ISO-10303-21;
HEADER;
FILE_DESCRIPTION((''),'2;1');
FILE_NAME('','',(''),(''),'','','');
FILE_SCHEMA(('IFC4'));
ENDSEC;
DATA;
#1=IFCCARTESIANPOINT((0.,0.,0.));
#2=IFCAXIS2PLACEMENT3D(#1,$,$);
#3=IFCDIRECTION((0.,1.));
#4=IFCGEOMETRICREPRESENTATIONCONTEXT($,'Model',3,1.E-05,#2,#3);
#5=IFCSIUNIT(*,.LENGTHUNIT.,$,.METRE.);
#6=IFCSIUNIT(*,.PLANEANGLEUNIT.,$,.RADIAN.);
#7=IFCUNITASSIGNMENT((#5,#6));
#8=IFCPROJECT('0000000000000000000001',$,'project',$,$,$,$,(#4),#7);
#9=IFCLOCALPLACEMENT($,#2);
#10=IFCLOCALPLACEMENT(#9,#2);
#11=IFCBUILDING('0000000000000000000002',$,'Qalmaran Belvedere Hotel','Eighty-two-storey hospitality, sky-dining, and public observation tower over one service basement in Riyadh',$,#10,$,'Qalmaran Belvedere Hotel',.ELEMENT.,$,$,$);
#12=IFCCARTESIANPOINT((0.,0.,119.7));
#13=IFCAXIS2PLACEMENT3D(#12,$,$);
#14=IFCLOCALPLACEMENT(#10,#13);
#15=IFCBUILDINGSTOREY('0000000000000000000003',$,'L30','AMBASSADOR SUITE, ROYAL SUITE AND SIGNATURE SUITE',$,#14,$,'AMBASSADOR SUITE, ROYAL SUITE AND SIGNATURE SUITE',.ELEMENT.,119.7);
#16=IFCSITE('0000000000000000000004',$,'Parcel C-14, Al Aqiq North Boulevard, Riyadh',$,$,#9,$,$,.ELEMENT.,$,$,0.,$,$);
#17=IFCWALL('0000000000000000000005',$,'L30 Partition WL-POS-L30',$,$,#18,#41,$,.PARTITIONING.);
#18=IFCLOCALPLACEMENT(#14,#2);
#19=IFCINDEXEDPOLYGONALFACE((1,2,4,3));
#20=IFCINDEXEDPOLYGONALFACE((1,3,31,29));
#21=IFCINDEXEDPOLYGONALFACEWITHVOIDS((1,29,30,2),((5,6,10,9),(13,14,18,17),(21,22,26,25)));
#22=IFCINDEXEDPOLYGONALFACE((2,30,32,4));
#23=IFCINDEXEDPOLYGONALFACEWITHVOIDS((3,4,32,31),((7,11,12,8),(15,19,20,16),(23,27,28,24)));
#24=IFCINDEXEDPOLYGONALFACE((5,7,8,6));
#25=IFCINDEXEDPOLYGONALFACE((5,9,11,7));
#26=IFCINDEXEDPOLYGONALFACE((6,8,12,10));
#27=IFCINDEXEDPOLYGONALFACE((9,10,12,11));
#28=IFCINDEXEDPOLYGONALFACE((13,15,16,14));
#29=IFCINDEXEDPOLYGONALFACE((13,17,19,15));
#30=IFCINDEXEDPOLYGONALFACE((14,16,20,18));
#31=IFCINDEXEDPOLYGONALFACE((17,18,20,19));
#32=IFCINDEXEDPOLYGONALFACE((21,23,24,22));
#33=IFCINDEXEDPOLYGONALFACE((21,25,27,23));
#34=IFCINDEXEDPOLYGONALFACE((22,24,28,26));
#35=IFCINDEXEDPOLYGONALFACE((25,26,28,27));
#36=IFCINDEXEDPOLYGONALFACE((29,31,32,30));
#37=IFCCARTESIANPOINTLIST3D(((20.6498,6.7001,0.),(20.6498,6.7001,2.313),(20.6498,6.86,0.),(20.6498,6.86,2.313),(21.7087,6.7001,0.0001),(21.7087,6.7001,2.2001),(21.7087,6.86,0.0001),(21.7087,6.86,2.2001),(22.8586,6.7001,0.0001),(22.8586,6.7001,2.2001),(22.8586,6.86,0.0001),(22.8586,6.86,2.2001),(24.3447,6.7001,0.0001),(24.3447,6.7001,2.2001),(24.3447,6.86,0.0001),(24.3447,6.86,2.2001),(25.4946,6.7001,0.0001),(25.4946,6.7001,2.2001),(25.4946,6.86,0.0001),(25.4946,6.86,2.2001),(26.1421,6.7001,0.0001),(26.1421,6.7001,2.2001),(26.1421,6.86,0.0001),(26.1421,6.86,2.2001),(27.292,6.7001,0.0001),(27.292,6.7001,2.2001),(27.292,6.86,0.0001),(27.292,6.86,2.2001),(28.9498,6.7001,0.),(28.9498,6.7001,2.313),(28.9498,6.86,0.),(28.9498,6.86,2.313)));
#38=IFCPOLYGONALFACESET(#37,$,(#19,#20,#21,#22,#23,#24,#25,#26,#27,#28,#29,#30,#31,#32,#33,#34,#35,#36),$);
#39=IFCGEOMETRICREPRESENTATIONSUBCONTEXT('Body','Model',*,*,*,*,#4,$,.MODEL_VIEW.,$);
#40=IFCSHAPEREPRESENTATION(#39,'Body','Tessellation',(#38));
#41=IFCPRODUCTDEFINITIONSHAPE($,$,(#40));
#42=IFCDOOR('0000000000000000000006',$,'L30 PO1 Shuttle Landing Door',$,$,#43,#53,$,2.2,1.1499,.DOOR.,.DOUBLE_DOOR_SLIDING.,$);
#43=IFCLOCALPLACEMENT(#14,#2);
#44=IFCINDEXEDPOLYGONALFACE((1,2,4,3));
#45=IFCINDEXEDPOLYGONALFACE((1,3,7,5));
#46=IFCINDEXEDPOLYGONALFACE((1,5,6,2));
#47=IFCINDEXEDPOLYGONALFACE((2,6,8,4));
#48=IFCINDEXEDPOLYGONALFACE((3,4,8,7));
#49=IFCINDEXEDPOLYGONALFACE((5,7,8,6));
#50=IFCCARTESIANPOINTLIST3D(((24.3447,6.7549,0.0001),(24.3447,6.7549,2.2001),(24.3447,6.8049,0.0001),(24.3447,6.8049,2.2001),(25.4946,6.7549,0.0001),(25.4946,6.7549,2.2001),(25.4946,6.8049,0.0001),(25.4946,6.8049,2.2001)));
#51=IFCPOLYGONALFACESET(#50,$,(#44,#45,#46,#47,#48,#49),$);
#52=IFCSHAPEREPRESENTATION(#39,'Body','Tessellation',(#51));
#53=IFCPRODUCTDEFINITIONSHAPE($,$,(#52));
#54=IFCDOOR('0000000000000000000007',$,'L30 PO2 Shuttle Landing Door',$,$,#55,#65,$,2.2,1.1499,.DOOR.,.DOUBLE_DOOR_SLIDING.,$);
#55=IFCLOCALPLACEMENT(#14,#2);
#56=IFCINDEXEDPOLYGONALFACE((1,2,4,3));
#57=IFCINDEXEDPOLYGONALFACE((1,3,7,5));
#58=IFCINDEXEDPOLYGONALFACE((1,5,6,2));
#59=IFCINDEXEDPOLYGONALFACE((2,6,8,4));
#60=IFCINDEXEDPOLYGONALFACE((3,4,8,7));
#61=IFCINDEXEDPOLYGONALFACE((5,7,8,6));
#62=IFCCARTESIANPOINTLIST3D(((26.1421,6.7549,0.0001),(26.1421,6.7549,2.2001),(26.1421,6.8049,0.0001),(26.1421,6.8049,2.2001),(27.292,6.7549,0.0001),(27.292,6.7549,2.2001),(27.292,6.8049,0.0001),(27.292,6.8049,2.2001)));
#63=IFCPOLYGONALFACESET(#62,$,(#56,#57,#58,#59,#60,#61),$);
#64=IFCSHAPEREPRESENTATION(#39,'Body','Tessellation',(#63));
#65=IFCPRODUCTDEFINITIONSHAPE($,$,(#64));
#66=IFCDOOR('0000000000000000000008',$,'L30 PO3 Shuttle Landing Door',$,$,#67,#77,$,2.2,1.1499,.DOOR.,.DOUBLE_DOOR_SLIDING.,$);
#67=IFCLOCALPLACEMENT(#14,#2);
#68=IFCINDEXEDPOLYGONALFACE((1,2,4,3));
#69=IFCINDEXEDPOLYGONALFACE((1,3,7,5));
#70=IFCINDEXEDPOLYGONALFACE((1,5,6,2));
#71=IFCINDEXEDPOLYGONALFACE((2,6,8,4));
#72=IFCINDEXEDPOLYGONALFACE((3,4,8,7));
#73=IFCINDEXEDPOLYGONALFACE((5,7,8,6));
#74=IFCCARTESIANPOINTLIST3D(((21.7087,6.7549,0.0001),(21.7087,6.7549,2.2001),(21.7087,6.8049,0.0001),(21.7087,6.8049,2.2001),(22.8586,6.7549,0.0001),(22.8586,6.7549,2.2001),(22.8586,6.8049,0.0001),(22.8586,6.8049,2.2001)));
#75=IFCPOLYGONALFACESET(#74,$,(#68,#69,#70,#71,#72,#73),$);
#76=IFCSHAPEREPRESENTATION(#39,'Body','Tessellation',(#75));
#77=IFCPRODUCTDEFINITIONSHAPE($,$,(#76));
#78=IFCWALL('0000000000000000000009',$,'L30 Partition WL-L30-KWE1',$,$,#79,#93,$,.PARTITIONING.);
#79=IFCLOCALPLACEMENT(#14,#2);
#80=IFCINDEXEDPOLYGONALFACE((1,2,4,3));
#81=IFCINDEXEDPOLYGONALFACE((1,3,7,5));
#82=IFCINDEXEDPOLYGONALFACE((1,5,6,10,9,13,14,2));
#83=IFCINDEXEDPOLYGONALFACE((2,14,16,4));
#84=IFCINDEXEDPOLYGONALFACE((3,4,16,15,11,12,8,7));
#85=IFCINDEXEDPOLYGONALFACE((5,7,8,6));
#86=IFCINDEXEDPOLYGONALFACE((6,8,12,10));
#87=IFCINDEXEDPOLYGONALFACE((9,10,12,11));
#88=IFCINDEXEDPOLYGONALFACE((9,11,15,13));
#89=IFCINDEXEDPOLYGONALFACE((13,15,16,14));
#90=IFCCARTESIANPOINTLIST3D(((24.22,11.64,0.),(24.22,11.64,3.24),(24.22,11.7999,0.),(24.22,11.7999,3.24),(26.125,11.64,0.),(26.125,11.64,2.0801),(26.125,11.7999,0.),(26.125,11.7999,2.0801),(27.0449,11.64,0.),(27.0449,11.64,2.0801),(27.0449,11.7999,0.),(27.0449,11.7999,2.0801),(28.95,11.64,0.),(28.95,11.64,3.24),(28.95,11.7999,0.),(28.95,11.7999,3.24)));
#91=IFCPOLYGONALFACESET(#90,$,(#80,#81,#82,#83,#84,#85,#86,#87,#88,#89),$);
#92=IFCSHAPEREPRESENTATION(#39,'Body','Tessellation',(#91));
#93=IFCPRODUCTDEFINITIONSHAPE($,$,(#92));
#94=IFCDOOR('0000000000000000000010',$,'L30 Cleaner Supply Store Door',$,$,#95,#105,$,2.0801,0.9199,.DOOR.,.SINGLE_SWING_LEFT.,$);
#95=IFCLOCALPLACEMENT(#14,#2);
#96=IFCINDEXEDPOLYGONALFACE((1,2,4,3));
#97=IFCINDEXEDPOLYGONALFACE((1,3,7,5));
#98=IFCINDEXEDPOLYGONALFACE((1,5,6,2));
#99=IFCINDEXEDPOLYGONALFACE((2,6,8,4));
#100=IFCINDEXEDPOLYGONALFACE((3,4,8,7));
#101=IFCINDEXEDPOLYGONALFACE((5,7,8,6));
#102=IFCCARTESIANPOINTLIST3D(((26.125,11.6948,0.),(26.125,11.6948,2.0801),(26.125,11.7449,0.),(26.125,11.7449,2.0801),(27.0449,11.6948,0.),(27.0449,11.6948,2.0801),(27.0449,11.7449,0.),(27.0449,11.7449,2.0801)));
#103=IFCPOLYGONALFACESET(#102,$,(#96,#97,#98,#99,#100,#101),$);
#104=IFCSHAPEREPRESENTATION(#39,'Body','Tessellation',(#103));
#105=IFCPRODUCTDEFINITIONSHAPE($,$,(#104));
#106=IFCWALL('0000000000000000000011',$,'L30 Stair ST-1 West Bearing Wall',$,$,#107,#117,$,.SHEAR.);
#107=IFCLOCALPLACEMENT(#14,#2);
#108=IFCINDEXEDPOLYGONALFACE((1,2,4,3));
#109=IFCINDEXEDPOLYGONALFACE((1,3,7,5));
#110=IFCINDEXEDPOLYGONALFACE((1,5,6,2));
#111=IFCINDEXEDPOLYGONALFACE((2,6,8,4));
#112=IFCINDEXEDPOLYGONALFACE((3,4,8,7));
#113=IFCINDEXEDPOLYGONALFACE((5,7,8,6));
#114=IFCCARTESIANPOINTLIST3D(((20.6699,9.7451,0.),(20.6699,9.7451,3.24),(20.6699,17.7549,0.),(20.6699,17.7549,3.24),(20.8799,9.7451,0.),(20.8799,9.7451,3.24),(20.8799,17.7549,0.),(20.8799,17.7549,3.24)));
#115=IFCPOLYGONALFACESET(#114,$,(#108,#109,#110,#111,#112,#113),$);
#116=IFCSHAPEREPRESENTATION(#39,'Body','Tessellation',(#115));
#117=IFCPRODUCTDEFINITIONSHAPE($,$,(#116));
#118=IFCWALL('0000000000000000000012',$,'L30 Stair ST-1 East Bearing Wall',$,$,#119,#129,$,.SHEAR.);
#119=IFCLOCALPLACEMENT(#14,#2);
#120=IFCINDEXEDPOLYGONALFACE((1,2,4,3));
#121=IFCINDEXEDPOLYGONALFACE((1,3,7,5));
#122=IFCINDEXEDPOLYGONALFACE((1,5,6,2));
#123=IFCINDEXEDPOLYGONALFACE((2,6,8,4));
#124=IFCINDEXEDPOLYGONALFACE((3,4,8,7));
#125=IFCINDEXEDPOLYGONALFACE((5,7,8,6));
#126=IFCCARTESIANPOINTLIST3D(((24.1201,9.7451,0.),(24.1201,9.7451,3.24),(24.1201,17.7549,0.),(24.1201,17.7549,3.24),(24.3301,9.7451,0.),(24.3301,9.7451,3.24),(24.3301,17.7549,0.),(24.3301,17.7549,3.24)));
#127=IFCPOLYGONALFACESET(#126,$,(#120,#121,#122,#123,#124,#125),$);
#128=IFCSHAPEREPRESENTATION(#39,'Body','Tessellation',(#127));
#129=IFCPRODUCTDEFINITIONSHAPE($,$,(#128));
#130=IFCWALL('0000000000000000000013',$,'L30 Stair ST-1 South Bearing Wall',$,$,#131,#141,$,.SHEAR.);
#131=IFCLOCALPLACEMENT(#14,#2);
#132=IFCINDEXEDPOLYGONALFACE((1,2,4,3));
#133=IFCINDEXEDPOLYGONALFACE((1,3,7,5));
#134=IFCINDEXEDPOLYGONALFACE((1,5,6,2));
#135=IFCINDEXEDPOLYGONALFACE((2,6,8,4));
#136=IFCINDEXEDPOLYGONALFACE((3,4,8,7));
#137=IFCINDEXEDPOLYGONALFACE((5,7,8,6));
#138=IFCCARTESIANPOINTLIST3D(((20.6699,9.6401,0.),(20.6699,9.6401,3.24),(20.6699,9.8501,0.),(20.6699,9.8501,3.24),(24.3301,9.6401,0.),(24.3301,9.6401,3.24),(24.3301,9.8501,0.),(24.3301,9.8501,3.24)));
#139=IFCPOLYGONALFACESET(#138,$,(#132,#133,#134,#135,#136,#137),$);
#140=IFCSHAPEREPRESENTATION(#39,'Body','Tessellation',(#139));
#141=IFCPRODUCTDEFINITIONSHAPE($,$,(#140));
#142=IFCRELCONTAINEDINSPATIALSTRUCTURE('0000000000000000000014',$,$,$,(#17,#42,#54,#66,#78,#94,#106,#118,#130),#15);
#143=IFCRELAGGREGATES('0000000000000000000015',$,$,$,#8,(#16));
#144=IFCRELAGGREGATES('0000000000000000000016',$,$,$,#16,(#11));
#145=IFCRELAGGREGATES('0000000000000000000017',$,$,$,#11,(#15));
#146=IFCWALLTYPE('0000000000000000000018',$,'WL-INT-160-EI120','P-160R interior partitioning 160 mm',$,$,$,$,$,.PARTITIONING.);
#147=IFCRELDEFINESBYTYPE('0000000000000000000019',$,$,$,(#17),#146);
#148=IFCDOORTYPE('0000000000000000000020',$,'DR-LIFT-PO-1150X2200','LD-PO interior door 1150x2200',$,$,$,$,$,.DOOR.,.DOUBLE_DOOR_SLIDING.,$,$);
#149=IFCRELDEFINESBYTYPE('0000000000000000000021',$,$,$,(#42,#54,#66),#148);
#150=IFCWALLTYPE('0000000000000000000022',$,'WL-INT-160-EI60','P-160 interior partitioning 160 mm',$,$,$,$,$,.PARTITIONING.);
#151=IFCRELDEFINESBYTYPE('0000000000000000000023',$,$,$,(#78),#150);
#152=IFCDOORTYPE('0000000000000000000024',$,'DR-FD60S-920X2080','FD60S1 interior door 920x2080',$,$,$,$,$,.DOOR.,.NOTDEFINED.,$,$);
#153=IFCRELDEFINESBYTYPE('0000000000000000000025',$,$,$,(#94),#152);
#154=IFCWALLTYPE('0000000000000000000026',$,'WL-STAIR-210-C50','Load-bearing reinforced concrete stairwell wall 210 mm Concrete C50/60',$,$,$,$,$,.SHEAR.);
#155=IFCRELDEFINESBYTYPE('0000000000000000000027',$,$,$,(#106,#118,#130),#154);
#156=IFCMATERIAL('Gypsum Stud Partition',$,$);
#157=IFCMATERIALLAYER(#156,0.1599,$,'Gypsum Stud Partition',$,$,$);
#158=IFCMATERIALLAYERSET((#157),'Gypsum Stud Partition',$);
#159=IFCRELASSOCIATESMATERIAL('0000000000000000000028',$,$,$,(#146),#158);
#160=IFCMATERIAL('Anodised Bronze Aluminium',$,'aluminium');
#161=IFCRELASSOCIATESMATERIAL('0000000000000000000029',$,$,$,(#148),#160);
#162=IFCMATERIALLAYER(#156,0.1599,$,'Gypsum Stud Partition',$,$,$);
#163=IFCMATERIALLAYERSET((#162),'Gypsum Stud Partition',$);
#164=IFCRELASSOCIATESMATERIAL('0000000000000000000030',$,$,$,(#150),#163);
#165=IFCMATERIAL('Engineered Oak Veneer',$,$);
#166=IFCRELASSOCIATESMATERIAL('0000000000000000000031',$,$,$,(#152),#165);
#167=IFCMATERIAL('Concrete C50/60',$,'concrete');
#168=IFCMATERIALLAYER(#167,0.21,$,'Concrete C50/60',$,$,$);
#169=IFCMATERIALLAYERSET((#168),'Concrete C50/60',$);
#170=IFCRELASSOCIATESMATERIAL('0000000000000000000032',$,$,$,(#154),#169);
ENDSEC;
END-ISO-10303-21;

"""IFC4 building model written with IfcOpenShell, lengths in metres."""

from ifc_helpers import new_model, si_unit, direction, frame, frame_2d, origin, place, context, subcontext, project, spatial, rectangle, extrude, material, layer, layer_set, type_object, element, fill, save


model = new_model("IFC4")

# Units and contexts
model_context = context("Model", 3, precision=1e-05, world=origin(), true_north=direction((0.0, 1.0)))
body_context = subcontext(model_context, "Body", "Model", "MODEL_VIEW")
ifc_project = project(units=[si_unit("LENGTHUNIT", "METRE"), si_unit("PLANEANGLEUNIT", "RADIAN")], contexts=[model_context])

# Site, building, storey
site_placement = place(None, origin())
site = spatial("IfcSite", under=ifc_project, at=site_placement, Name="Parcel C-14, Al Aqiq North Boulevard, Riyadh", CompositionType="ELEMENT", RefElevation=0.0)
building_placement = place(site_placement, origin())
building = spatial("IfcBuilding", under=site, at=building_placement, Name="Qalmaran Belvedere Hotel", Description="Eighty-two-storey hospitality, sky-dining, and public observation tower over one service basement in Riyadh", LongName="Qalmaran Belvedere Hotel", CompositionType="ELEMENT")
storey_placement = place(building_placement, frame((0.0, 0.0, 119.7)))
storey = spatial("IfcBuildingStorey", under=building, at=storey_placement, Name="L30", Description="AMBASSADOR SUITE, ROYAL SUITE AND SIGNATURE SUITE", LongName="AMBASSADOR SUITE, ROYAL SUITE AND SIGNATURE SUITE", CompositionType="ELEMENT", Elevation=119.7)

# Shared definitions
ifc_material_1 = material(Name="Anodised Bronze Aluminium", Category="aluminium")

# Shared definitions
ifc_material_2 = material(Name="Concrete C50/60", Category="concrete")
ifc_material_3 = material(Name="Gypsum Stud Partition")

# Wall, openings, doors
ifc_layer_1 = layer(ifc_material_3, 0.1599, Name="Gypsum Stud Partition")
ifc_layer_set_1 = layer_set([ifc_layer_1], Name="Gypsum Stud Partition")
wall_type_1 = type_object("IfcWallType", Name="WL-INT-160-EI120", Description="P-160R interior partitioning 160 mm", PredefinedType="PARTITIONING", material=ifc_layer_set_1)
wall_1_placement = place(storey_placement, frame((20.6499, 6.78, 0.0), z_axis=(0.0, 0.0, 1.0), x_axis=(1.0, 0.0, 0.0)))
wall_1 = element("IfcWall", 1, at=wall_1_placement, inside=storey, type_object=wall_type_1, Name="L30 Partition WL-POS-L30", PredefinedType="PARTITIONING", context=body_context, shape_type="SweptSolid", body=[
    extrude(rectangle(XDim=8.3, YDim=0.1599, at=frame_2d((4.1499, 0.0))), origin(), (0.0, 0.0, 1.0), 2.313),
])
opening_1_placement = place(wall_1_placement, frame((3.6948, 0.0, 0.0)))
opening_1 = element("IfcOpeningElement", 2, at=opening_1_placement, cuts=wall_1, PredefinedType="OPENING", context=body_context, shape_type="SweptSolid", body=[
    extrude(rectangle(XDim=1.1499, YDim=2.2, at=frame_2d((0.575, 1.1001))), frame((0.0, 0.0898, 0.0), z_axis=(0.0, -1.0, 0.0), x_axis=(1.0, 0.0, 0.0)), (0.0, 0.0, 1.0), 0.1799),
])
opening_2_placement = place(wall_1_placement, frame((5.4922, 0.0, 0.0)))
opening_2 = element("IfcOpeningElement", 3, at=opening_2_placement, cuts=wall_1, PredefinedType="OPENING", context=body_context, shape_type="SweptSolid", body=[
    extrude(rectangle(XDim=1.1499, YDim=2.2, at=frame_2d((0.575, 1.1001))), frame((0.0, 0.0898, 0.0), z_axis=(0.0, -1.0, 0.0), x_axis=(1.0, 0.0, 0.0)), (0.0, 0.0, 1.0), 0.1799),
])
opening_3_placement = place(wall_1_placement, frame((1.0588, 0.0, 0.0)))
opening_3 = element("IfcOpeningElement", 4, at=opening_3_placement, cuts=wall_1, PredefinedType="OPENING", context=body_context, shape_type="SweptSolid", body=[
    extrude(rectangle(XDim=1.1499, YDim=2.2, at=frame_2d((0.575, 1.1001))), frame((0.0, 0.0898, 0.0), z_axis=(0.0, -1.0, 0.0), x_axis=(1.0, 0.0, 0.0)), (0.0, 0.0, 1.0), 0.1799),
])
door_type_1 = type_object("IfcDoorType", Name="DR-LIFT-PO-1150X2200", Description="LD-PO interior door 1150x2200", OperationType="DOUBLE_DOOR_SLIDING", PredefinedType="DOOR", material=ifc_material_1)
door_1_placement = place(opening_1_placement, origin())
door_1 = element("IfcDoor", 5, at=door_1_placement, inside=storey, type_object=door_type_1, Name="L30 PO1 Shuttle Landing Door", OperationType="DOUBLE_DOOR_SLIDING", OverallHeight=2.2, OverallWidth=1.1499, PredefinedType="DOOR", context=body_context, shape_type="SweptSolid", body=[
    extrude(rectangle(XDim=1.1499, YDim=2.2, at=frame_2d((0.575, 1.1001))), frame((0.0, 0.0249, 0.0), z_axis=(0.0, -1.0, 0.0), x_axis=(1.0, 0.0, 0.0)), (0.0, 0.0, 1.0), 0.05),
])
fill(opening_1, door_1)
door_2_placement = place(opening_2_placement, origin())
door_2 = element("IfcDoor", 6, at=door_2_placement, inside=storey, type_object=door_type_1, Name="L30 PO2 Shuttle Landing Door", OperationType="DOUBLE_DOOR_SLIDING", OverallHeight=2.2, OverallWidth=1.1499, PredefinedType="DOOR", context=body_context, shape_type="SweptSolid", body=[
    extrude(rectangle(XDim=1.1499, YDim=2.2, at=frame_2d((0.575, 1.1001))), frame((0.0, 0.0249, 0.0), z_axis=(0.0, -1.0, 0.0), x_axis=(1.0, 0.0, 0.0)), (0.0, 0.0, 1.0), 0.05),
])
fill(opening_2, door_2)
door_3_placement = place(opening_3_placement, origin())
door_3 = element("IfcDoor", 7, at=door_3_placement, inside=storey, type_object=door_type_1, Name="L30 PO3 Shuttle Landing Door", OperationType="DOUBLE_DOOR_SLIDING", OverallHeight=2.2, OverallWidth=1.1499, PredefinedType="DOOR", context=body_context, shape_type="SweptSolid", body=[
    extrude(rectangle(XDim=1.1499, YDim=2.2, at=frame_2d((0.575, 1.1001))), frame((0.0, 0.0249, 0.0), z_axis=(0.0, -1.0, 0.0), x_axis=(1.0, 0.0, 0.0)), (0.0, 0.0, 1.0), 0.05),
])
fill(opening_3, door_3)

# Wall, opening, door
ifc_layer_2 = layer(ifc_material_3, 0.1599, Name="Gypsum Stud Partition")
ifc_layer_set_2 = layer_set([ifc_layer_2], Name="Gypsum Stud Partition")
wall_type_2 = type_object("IfcWallType", Name="WL-INT-160-EI60", Description="P-160 interior partitioning 160 mm", PredefinedType="PARTITIONING", material=ifc_layer_set_2)
wall_2_placement = place(storey_placement, frame((24.22, 11.72, 0.0), z_axis=(0.0, 0.0, 1.0), x_axis=(1.0, 0.0, 0.0)))
wall_2 = element("IfcWall", 8, at=wall_2_placement, inside=storey, type_object=wall_type_2, Name="L30 Partition WL-L30-KWE1", PredefinedType="PARTITIONING", context=body_context, shape_type="SweptSolid", body=[
    extrude(rectangle(XDim=4.73, YDim=0.1599, at=frame_2d((2.365, 0.0))), origin(), (0.0, 0.0, 1.0), 3.24),
])
opening_4_placement = place(wall_2_placement, frame((1.905, 0.0, 0.0)))
opening_4 = element("IfcOpeningElement", 9, at=opening_4_placement, cuts=wall_2, PredefinedType="OPENING", context=body_context, shape_type="SweptSolid", body=[
    extrude(rectangle(XDim=0.9199, YDim=2.0801, at=frame_2d((0.46, 1.04))), frame((0.0, 0.0898, 0.0), z_axis=(0.0, -1.0, 0.0), x_axis=(1.0, 0.0, 0.0)), (0.0, 0.0, 1.0), 0.1799),
])
ifc_material_4 = material(Name="Engineered Oak Veneer")
door_type_2 = type_object("IfcDoorType", Name="DR-FD60S-920X2080", Description="FD60S1 interior door 920x2080", OperationType="NOTDEFINED", PredefinedType="DOOR", material=ifc_material_4)
door_4_placement = place(opening_4_placement, origin())
door_4 = element("IfcDoor", 10, at=door_4_placement, inside=storey, type_object=door_type_2, Name="L30 Cleaner Supply Store Door", OperationType="SINGLE_SWING_LEFT", OverallHeight=2.0801, OverallWidth=0.9199, PredefinedType="DOOR", context=body_context, shape_type="SweptSolid", body=[
    extrude(rectangle(XDim=0.9199, YDim=2.0801, at=frame_2d((0.46, 1.04))), frame((0.0, 0.0249, 0.0), z_axis=(0.0, -1.0, 0.0), x_axis=(1.0, 0.0, 0.0)), (0.0, 0.0, 1.0), 0.05),
])
fill(opening_4, door_4)

# Walls
ifc_layer_3 = layer(ifc_material_2, 0.21, Name="Concrete C50/60")
ifc_layer_set_3 = layer_set([ifc_layer_3], Name="Concrete C50/60")
wall_type_3 = type_object("IfcWallType", Name="WL-STAIR-210-C50", Description="Load-bearing reinforced concrete stairwell wall 210 mm Concrete C50/60", PredefinedType="SHEAR", material=ifc_layer_set_3)
for number, where, z_axis, x_axis, name in (
    (11, (20.7749, 9.7451, 0.0), (0.0, 0.0, 1.0), (0.0, 1.0, 0.0), "L30 Stair ST-1 West Bearing Wall"),
    (12, (24.2251, 9.7451, 0.0), (0.0, 0.0, 1.0), (0.0, 1.0, 0.0), "L30 Stair ST-1 East Bearing Wall"),
):
    element("IfcWall", number, at=place(storey_placement, frame(where, z_axis=z_axis, x_axis=x_axis)), inside=storey, type_object=wall_type_3, Name=name, PredefinedType="SHEAR", context=body_context, shape_type="SweptSolid", body=[
        extrude(rectangle(XDim=8.0098, YDim=0.21, at=frame_2d((4.0049, 0.0))), origin(), (0.0, 0.0, 1.0), 3.24),
    ])
wall_3_placement = place(storey_placement, frame((20.6699, 9.7451, 0.0), z_axis=(0.0, 0.0, 1.0), x_axis=(1.0, 0.0, 0.0)))
element("IfcWall", 13, at=wall_3_placement, inside=storey, type_object=wall_type_3, Name="L30 Stair ST-1 South Bearing Wall", PredefinedType="SHEAR", context=body_context, shape_type="SweptSolid", body=[
    extrude(rectangle(XDim=3.6602, YDim=0.21, at=frame_2d((1.8301, 0.0))), origin(), (0.0, 0.0, 1.0), 3.24),
])

save(model, "model.ifc")
